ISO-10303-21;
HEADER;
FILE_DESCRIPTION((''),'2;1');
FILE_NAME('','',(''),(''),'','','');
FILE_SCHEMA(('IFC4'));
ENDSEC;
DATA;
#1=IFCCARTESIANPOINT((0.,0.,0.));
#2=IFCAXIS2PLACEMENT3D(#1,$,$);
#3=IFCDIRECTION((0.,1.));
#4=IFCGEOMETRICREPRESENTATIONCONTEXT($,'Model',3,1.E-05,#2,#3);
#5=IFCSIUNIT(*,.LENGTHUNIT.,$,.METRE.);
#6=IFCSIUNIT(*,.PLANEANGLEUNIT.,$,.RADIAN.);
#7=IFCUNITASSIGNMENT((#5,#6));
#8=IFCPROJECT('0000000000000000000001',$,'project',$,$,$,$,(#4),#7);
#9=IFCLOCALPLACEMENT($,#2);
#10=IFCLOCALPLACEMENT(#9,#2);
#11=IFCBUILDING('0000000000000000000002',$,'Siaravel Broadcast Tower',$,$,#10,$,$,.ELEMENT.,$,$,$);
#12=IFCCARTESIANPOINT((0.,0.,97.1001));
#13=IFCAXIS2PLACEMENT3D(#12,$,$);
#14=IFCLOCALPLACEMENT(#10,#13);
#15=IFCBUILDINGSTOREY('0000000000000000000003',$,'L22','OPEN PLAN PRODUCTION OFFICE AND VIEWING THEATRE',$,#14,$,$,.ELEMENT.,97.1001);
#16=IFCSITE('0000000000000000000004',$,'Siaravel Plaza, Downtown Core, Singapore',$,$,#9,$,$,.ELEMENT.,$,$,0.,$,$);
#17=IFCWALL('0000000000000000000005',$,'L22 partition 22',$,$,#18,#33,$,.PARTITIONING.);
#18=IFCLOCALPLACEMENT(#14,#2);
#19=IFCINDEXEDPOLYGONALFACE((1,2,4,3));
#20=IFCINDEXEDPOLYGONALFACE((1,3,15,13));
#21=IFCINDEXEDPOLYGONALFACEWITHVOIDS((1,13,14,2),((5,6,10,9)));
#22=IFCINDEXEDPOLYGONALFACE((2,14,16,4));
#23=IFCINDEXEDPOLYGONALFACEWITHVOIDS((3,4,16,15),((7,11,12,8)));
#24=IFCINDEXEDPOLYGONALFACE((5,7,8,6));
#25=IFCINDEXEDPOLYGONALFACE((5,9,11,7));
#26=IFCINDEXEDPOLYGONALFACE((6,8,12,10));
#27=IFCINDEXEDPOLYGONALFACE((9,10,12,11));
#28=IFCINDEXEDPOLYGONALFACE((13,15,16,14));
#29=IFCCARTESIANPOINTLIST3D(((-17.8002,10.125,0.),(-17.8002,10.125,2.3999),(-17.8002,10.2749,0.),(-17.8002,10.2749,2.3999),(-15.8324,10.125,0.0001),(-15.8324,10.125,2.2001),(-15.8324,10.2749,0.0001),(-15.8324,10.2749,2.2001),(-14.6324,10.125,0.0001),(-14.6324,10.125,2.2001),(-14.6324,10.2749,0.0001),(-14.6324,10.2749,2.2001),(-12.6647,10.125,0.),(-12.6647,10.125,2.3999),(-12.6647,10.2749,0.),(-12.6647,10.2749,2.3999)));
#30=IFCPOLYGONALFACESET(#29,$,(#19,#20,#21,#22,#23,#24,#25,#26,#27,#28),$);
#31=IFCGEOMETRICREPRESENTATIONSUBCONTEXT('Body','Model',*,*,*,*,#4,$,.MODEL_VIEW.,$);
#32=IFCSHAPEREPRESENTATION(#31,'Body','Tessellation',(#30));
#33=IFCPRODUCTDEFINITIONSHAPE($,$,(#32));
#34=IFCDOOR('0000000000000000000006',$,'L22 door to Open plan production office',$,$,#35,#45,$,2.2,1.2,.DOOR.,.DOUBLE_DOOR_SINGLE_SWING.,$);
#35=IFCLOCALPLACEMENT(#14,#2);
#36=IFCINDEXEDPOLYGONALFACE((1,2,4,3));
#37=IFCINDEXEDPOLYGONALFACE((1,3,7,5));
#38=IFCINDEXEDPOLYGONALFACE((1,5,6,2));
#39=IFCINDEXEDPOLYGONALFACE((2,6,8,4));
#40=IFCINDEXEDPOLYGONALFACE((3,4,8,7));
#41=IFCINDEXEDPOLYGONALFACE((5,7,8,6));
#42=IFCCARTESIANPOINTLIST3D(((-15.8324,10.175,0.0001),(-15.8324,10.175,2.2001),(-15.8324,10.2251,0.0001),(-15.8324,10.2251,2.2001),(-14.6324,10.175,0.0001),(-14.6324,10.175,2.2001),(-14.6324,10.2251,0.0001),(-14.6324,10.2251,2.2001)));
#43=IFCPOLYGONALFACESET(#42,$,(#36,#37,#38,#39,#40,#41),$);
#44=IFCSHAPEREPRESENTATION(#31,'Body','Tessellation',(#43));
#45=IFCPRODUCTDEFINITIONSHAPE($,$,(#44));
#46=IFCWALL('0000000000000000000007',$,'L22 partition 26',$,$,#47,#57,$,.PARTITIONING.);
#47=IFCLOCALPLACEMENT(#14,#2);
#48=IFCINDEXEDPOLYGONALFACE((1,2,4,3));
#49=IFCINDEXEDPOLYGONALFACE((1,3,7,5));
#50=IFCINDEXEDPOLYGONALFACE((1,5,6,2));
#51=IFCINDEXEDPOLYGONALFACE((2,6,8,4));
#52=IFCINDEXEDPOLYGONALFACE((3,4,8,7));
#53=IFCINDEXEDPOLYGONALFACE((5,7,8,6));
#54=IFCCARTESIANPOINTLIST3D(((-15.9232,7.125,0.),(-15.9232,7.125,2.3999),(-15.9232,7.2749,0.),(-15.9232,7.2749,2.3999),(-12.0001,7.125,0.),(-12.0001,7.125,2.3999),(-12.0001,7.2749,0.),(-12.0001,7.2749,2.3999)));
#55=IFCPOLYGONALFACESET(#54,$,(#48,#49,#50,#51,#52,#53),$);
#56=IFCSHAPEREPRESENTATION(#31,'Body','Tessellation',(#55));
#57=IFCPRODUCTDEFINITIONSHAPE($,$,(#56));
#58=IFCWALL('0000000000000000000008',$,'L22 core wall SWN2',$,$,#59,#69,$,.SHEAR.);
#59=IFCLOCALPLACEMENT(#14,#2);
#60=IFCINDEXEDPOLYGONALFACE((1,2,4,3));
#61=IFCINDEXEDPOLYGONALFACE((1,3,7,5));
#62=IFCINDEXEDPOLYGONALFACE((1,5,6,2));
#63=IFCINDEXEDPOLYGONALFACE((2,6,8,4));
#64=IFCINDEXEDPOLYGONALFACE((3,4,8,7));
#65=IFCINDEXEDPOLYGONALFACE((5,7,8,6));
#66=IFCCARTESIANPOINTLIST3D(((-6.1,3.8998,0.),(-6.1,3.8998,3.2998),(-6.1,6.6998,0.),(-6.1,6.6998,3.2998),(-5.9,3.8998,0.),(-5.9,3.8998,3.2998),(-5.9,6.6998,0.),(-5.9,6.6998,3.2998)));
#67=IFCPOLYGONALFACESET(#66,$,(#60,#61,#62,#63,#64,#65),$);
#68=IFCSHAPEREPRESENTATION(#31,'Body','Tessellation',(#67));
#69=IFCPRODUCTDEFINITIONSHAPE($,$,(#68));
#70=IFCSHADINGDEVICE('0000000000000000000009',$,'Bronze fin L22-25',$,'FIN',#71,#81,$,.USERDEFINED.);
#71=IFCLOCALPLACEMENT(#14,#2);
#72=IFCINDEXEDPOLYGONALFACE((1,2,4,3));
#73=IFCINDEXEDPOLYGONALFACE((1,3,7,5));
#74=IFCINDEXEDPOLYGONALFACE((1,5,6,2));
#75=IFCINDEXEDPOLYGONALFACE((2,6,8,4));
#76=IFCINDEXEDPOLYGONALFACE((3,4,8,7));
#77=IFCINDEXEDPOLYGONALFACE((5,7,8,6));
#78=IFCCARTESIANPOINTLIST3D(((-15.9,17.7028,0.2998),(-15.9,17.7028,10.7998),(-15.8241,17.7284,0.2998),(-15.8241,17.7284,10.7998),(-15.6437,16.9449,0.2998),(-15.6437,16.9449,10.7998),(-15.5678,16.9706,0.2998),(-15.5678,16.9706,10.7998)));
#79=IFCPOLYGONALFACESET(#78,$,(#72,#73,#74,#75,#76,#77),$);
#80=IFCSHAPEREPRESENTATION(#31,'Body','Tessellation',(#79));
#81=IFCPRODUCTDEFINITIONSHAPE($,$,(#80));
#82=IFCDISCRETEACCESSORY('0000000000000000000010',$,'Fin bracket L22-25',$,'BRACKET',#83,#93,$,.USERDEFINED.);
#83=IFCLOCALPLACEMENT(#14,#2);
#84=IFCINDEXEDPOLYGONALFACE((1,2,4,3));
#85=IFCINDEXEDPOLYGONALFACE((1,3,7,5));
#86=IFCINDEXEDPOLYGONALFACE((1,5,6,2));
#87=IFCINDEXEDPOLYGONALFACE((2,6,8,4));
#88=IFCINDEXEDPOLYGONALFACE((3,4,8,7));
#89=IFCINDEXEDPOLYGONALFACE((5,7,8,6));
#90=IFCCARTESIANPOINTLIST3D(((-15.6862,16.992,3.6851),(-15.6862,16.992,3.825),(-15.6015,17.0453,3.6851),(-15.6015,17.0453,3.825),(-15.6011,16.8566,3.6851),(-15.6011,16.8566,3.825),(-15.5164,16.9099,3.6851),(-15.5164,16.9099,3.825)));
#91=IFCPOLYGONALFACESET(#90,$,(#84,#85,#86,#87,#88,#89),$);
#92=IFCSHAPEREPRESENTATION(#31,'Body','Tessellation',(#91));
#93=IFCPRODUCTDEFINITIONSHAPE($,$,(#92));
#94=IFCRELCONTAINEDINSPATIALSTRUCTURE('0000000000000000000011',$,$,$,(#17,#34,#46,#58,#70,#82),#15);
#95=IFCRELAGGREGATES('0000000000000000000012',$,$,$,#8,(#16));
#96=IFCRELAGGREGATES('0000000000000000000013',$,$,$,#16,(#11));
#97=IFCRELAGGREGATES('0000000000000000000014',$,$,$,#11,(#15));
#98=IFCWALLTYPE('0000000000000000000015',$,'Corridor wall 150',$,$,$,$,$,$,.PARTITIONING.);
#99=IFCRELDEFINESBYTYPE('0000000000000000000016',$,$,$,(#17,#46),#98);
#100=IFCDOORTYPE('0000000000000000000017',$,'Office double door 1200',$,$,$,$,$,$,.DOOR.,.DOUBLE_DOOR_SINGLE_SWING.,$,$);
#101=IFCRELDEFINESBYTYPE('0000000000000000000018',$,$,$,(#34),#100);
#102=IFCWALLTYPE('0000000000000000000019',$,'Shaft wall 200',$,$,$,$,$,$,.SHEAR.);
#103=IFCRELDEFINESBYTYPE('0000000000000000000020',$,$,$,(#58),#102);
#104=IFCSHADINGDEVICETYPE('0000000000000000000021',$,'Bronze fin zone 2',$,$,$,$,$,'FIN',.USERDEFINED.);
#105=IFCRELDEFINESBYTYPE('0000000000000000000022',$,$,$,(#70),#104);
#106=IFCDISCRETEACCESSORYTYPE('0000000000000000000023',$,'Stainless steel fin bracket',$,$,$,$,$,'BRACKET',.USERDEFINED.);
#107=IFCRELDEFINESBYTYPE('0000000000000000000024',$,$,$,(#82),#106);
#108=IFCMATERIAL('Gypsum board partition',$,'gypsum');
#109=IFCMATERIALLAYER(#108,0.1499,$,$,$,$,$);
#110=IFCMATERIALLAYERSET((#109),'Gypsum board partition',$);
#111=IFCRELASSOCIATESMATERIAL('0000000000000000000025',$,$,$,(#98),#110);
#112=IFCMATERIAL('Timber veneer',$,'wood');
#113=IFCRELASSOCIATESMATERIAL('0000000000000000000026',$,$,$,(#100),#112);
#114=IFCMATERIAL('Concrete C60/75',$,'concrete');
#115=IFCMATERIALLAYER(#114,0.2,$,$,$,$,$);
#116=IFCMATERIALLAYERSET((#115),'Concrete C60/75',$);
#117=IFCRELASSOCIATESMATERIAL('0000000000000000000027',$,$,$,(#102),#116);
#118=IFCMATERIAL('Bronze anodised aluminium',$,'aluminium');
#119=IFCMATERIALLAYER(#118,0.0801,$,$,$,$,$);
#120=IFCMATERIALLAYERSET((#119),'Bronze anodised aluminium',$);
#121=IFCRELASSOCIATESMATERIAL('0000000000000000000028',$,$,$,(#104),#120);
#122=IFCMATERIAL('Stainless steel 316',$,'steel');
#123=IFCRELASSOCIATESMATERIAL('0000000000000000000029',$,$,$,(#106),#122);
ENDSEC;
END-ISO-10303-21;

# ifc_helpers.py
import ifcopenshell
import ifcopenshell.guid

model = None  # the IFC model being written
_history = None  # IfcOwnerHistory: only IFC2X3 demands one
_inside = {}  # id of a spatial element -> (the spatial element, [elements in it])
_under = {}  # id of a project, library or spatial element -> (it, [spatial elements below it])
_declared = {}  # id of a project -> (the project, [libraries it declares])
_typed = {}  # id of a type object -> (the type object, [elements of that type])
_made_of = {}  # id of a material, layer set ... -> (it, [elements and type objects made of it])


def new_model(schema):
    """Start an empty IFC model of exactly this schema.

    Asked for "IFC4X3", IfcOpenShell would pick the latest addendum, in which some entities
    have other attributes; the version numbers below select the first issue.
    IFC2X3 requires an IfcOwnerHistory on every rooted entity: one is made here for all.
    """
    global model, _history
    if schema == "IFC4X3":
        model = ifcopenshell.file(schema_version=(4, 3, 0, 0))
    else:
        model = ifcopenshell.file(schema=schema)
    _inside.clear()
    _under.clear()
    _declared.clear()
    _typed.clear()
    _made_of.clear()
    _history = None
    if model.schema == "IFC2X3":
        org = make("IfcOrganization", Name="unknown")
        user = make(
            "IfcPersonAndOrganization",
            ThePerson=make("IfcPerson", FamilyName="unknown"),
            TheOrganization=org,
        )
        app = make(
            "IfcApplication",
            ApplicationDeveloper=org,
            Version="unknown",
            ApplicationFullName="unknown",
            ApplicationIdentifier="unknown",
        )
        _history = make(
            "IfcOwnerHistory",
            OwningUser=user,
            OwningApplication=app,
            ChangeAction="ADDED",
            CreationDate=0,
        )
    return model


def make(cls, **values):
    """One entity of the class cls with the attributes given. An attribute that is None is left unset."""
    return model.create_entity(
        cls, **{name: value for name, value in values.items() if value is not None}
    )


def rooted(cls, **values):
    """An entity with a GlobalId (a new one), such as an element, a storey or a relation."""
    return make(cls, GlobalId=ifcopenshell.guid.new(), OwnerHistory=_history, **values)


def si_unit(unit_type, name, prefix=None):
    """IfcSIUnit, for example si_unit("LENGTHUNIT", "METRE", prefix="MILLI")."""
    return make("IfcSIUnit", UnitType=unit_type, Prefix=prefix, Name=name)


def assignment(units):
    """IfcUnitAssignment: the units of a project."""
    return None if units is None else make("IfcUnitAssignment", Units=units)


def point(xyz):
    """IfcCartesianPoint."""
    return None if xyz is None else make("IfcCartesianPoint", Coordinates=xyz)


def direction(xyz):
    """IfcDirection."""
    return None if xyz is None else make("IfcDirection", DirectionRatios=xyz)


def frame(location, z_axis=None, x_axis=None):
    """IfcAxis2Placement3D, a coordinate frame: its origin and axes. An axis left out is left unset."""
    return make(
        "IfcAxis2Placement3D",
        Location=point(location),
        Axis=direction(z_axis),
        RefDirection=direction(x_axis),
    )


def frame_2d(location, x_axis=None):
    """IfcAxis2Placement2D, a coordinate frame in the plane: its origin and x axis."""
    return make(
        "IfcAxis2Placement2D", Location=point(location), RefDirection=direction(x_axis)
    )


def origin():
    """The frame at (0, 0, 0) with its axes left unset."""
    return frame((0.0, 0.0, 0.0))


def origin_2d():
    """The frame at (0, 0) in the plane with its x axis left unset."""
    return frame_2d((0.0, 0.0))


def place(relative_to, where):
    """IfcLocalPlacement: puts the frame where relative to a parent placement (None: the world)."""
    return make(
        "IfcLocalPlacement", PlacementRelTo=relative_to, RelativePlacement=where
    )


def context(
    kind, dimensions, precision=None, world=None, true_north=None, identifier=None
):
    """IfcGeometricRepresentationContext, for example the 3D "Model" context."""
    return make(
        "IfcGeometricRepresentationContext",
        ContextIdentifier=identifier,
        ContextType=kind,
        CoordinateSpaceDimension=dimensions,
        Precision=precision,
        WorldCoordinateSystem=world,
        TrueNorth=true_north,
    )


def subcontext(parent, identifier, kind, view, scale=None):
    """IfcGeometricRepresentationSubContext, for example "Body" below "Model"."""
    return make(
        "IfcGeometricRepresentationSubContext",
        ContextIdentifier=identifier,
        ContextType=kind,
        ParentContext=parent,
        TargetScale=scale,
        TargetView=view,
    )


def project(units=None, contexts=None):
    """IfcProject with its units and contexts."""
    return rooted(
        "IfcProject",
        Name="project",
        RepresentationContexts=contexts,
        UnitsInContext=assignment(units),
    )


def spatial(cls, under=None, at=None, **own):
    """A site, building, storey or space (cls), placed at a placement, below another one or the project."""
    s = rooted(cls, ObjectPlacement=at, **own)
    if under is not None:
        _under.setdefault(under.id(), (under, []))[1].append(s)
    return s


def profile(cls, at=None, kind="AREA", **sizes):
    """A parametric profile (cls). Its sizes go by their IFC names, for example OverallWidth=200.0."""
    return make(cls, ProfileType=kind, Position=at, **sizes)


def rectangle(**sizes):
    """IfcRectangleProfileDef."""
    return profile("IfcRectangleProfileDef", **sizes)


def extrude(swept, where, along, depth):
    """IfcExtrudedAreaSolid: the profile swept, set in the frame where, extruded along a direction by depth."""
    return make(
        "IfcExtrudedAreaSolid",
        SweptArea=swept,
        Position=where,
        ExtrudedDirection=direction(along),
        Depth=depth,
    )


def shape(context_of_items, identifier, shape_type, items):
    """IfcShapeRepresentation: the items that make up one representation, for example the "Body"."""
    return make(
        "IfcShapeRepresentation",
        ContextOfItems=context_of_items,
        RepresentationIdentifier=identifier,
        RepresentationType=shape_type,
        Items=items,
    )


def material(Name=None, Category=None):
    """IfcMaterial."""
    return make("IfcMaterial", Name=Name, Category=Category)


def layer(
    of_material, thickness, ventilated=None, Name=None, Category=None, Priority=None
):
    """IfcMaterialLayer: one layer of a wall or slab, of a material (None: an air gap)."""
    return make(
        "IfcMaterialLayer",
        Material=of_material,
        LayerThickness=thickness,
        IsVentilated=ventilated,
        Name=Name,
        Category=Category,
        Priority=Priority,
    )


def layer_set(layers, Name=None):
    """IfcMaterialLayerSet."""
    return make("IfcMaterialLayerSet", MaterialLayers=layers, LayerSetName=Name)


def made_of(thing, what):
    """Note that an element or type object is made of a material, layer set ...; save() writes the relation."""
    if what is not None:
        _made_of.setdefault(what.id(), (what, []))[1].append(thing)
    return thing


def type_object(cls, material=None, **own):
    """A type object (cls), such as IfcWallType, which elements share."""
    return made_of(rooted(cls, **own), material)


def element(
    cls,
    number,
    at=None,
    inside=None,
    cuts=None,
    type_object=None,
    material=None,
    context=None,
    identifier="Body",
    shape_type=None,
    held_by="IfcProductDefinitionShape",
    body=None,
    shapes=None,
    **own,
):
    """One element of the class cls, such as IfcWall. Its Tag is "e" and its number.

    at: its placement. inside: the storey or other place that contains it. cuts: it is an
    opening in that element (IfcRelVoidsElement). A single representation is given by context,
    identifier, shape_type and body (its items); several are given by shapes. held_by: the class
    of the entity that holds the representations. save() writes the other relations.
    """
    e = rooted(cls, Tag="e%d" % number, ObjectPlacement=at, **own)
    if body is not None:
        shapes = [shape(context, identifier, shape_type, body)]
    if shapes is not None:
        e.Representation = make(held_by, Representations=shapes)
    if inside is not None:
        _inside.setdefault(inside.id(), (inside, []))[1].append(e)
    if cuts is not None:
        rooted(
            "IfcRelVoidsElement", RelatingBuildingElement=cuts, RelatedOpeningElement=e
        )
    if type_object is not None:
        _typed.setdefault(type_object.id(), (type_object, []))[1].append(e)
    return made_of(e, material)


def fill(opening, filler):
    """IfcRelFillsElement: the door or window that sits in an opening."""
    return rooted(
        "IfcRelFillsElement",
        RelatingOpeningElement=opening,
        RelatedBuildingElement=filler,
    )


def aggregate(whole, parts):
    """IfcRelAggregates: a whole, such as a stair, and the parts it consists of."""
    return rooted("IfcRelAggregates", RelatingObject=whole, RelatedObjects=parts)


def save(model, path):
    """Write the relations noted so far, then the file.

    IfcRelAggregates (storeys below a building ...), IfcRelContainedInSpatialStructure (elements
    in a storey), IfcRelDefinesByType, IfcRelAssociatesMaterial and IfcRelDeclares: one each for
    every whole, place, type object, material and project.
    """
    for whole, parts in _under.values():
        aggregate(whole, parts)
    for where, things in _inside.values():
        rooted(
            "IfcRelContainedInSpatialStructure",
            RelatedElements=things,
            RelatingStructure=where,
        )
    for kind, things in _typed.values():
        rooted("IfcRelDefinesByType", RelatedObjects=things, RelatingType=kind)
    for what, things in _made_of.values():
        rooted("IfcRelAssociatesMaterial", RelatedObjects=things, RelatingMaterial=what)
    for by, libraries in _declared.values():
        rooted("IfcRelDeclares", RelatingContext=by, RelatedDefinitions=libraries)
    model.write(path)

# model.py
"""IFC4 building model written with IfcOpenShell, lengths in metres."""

from ifc_helpers import new_model, si_unit, direction, frame, frame_2d, origin, origin_2d, place, context, subcontext, project, spatial, rectangle, extrude, material, layer, layer_set, type_object, element, fill, save


model = new_model("IFC4")

# Units and contexts
model_context = context("Model", 3, precision=1e-05, world=origin(), true_north=direction((0.0, 1.0)))
body_context = subcontext(model_context, "Body", "Model", "MODEL_VIEW")
ifc_project = project(units=[si_unit("LENGTHUNIT", "METRE"), si_unit("PLANEANGLEUNIT", "RADIAN")], contexts=[model_context])

# Site, building, storey
site_placement = place(None, origin())
site = spatial("IfcSite", under=ifc_project, at=site_placement, Name="Siaravel Plaza, Downtown Core, Singapore", CompositionType="ELEMENT", RefElevation=0.0)
building_placement = place(site_placement, origin())
building = spatial("IfcBuilding", under=site, at=building_placement, Name="Siaravel Broadcast Tower", CompositionType="ELEMENT")
storey_placement = place(building_placement, frame((0.0, 0.0, 97.1001)))
storey = spatial("IfcBuildingStorey", under=building, at=storey_placement, Name="L22", Description="OPEN PLAN PRODUCTION OFFICE AND VIEWING THEATRE", CompositionType="ELEMENT", Elevation=97.1001)

# Shared definitions
ifc_material_1 = material(Name="Concrete C60/75", Category="concrete")

# Shared definitions
ifc_material_2 = material(Name="Timber veneer", Category="wood")

# Wall, opening, door
ifc_material_3 = material(Name="Gypsum board partition", Category="gypsum")
ifc_layer_1 = layer(ifc_material_3, 0.1499)
ifc_layer_set_1 = layer_set([ifc_layer_1], Name="Gypsum board partition")
wall_type_1 = type_object("IfcWallType", Name="Corridor wall 150", PredefinedType="PARTITIONING", material=ifc_layer_set_1)
door_type_1 = type_object("IfcDoorType", Name="Office double door 1200", OperationType="DOUBLE_DOOR_SINGLE_SWING", PredefinedType="DOOR", material=ifc_material_2)
wall_1_placement = place(storey_placement, frame((-12.6646, 10.2, 0.0), z_axis=(0.0, 0.0, 1.0), x_axis=(-1.0, 0.0, 0.0)))
wall_1 = element("IfcWall", 1, at=wall_1_placement, inside=storey, type_object=wall_type_1, Name="L22 partition 22", PredefinedType="PARTITIONING", context=body_context, shape_type="SweptSolid", body=[
    extrude(rectangle(XDim=5.1355, YDim=0.1499, at=frame_2d((2.5679, 0.0))), origin(), (0.0, 0.0, 1.0), 2.3999),
])
opening_1_placement = place(wall_1_placement, frame((1.9678, 0.0, 0.0)))
opening_1 = element("IfcOpeningElement", 2, at=opening_1_placement, cuts=wall_1, PredefinedType="OPENING", context=body_context, shape_type="SweptSolid", body=[
    extrude(rectangle(XDim=1.2, YDim=2.2, at=frame_2d((0.6001, 1.1001))), frame((0.0, 0.085, 0.0), z_axis=(0.0, -1.0, 0.0), x_axis=(1.0, 0.0, 0.0)), (0.0, 0.0, 1.0), 0.1699),
])
door_1_placement = place(opening_1_placement, origin())
door_1 = element("IfcDoor", 3, at=door_1_placement, inside=storey, type_object=door_type_1, Name="L22 door to Open plan production office", OperationType="DOUBLE_DOOR_SINGLE_SWING", OverallHeight=2.2, OverallWidth=1.2, PredefinedType="DOOR", context=body_context, shape_type="SweptSolid", body=[
    extrude(rectangle(XDim=1.2, YDim=2.2, at=frame_2d((0.6001, 1.1001))), frame((0.0, 0.0249, 0.0), z_axis=(0.0, -1.0, 0.0), x_axis=(1.0, 0.0, 0.0)), (0.0, 0.0, 1.0), 0.05),
])
fill(opening_1, door_1)

# Walls
wall_2_placement = place(storey_placement, frame((-15.9231, 7.2, 0.0), z_axis=(0.0, 0.0, 1.0), x_axis=(1.0, 0.0, 0.0)))
element("IfcWall", 4, at=wall_2_placement, inside=storey, type_object=wall_type_1, Name="L22 partition 26", PredefinedType="PARTITIONING", context=body_context, shape_type="SweptSolid", body=[
    extrude(rectangle(XDim=3.9231, YDim=0.1499, at=frame_2d((1.9614, 0.0))), origin(), (0.0, 0.0, 1.0), 2.3999),
])
ifc_layer_2 = layer(ifc_material_1, 0.2)
ifc_layer_set_2 = layer_set([ifc_layer_2], Name="Concrete C60/75")
wall_type_2 = type_object("IfcWallType", Name="Shaft wall 200", PredefinedType="SHEAR", material=ifc_layer_set_2)
wall_3_placement = place(storey_placement, frame((-6.0, 3.8999, 0.0), z_axis=(0.0, 0.0, 1.0), x_axis=(0.0, 1.0, 0.0)))
element("IfcWall", 5, at=wall_3_placement, inside=storey, type_object=wall_type_2, Name="L22 core wall SWN2", PredefinedType="SHEAR", context=body_context, shape_type="SweptSolid", body=[
    extrude(rectangle(XDim=2.8, YDim=0.2, at=frame_2d((1.3999, 0.0))), origin(), (0.0, 0.0, 1.0), 3.2998),
])

# Shading device
ifc_material_4 = material(Name="Bronze anodised aluminium", Category="aluminium")
ifc_layer_3 = layer(ifc_material_4, 0.0801)
ifc_layer_set_3 = layer_set([ifc_layer_3], Name="Bronze anodised aluminium")
shading_device_type = type_object("IfcShadingDeviceType", Name="Bronze fin zone 2", ElementType="FIN", PredefinedType="USERDEFINED", material=ifc_layer_set_3)
shading_device_placement = place(storey_placement, frame((-15.7339, 17.3367, 0.2998), z_axis=(0.0, 0.0, 1.0), x_axis=(-0.320393, 0.947285, 0.0)))
element("IfcShadingDevice", 6, at=shading_device_placement, inside=storey, type_object=shading_device_type, Name="Bronze fin L22-25", ObjectType="FIN", PredefinedType="USERDEFINED", context=body_context, shape_type="SweptSolid", body=[
    extrude(rectangle(XDim=0.8, YDim=0.0801, at=origin_2d()), origin(), (0.0, 0.0, 1.0), 10.5),
])

# Discrete accessory
ifc_material_5 = material(Name="Stainless steel 316", Category="steel")
discrete_accessory_type = type_object("IfcDiscreteAccessoryType", Name="Stainless steel fin bracket", ElementType="BRACKET", PredefinedType="USERDEFINED", material=ifc_material_5)
discrete_accessory_placement = place(storey_placement, frame((-15.6013, 16.9509, 3.6851), z_axis=(0.0, 0.0, 1.0), x_axis=(-0.532149, 0.84665, 0.0)))
element("IfcDiscreteAccessory", 7, at=discrete_accessory_placement, inside=storey, type_object=discrete_accessory_type, Name="Fin bracket L22-25", ObjectType="BRACKET", PredefinedType="USERDEFINED", context=body_context, shape_type="SweptSolid", body=[
    extrude(rectangle(XDim=0.1599, YDim=0.1001, at=origin_2d()), origin(), (0.0, 0.0, 1.0), 0.1399),
])

save(model, "model.ifc")
